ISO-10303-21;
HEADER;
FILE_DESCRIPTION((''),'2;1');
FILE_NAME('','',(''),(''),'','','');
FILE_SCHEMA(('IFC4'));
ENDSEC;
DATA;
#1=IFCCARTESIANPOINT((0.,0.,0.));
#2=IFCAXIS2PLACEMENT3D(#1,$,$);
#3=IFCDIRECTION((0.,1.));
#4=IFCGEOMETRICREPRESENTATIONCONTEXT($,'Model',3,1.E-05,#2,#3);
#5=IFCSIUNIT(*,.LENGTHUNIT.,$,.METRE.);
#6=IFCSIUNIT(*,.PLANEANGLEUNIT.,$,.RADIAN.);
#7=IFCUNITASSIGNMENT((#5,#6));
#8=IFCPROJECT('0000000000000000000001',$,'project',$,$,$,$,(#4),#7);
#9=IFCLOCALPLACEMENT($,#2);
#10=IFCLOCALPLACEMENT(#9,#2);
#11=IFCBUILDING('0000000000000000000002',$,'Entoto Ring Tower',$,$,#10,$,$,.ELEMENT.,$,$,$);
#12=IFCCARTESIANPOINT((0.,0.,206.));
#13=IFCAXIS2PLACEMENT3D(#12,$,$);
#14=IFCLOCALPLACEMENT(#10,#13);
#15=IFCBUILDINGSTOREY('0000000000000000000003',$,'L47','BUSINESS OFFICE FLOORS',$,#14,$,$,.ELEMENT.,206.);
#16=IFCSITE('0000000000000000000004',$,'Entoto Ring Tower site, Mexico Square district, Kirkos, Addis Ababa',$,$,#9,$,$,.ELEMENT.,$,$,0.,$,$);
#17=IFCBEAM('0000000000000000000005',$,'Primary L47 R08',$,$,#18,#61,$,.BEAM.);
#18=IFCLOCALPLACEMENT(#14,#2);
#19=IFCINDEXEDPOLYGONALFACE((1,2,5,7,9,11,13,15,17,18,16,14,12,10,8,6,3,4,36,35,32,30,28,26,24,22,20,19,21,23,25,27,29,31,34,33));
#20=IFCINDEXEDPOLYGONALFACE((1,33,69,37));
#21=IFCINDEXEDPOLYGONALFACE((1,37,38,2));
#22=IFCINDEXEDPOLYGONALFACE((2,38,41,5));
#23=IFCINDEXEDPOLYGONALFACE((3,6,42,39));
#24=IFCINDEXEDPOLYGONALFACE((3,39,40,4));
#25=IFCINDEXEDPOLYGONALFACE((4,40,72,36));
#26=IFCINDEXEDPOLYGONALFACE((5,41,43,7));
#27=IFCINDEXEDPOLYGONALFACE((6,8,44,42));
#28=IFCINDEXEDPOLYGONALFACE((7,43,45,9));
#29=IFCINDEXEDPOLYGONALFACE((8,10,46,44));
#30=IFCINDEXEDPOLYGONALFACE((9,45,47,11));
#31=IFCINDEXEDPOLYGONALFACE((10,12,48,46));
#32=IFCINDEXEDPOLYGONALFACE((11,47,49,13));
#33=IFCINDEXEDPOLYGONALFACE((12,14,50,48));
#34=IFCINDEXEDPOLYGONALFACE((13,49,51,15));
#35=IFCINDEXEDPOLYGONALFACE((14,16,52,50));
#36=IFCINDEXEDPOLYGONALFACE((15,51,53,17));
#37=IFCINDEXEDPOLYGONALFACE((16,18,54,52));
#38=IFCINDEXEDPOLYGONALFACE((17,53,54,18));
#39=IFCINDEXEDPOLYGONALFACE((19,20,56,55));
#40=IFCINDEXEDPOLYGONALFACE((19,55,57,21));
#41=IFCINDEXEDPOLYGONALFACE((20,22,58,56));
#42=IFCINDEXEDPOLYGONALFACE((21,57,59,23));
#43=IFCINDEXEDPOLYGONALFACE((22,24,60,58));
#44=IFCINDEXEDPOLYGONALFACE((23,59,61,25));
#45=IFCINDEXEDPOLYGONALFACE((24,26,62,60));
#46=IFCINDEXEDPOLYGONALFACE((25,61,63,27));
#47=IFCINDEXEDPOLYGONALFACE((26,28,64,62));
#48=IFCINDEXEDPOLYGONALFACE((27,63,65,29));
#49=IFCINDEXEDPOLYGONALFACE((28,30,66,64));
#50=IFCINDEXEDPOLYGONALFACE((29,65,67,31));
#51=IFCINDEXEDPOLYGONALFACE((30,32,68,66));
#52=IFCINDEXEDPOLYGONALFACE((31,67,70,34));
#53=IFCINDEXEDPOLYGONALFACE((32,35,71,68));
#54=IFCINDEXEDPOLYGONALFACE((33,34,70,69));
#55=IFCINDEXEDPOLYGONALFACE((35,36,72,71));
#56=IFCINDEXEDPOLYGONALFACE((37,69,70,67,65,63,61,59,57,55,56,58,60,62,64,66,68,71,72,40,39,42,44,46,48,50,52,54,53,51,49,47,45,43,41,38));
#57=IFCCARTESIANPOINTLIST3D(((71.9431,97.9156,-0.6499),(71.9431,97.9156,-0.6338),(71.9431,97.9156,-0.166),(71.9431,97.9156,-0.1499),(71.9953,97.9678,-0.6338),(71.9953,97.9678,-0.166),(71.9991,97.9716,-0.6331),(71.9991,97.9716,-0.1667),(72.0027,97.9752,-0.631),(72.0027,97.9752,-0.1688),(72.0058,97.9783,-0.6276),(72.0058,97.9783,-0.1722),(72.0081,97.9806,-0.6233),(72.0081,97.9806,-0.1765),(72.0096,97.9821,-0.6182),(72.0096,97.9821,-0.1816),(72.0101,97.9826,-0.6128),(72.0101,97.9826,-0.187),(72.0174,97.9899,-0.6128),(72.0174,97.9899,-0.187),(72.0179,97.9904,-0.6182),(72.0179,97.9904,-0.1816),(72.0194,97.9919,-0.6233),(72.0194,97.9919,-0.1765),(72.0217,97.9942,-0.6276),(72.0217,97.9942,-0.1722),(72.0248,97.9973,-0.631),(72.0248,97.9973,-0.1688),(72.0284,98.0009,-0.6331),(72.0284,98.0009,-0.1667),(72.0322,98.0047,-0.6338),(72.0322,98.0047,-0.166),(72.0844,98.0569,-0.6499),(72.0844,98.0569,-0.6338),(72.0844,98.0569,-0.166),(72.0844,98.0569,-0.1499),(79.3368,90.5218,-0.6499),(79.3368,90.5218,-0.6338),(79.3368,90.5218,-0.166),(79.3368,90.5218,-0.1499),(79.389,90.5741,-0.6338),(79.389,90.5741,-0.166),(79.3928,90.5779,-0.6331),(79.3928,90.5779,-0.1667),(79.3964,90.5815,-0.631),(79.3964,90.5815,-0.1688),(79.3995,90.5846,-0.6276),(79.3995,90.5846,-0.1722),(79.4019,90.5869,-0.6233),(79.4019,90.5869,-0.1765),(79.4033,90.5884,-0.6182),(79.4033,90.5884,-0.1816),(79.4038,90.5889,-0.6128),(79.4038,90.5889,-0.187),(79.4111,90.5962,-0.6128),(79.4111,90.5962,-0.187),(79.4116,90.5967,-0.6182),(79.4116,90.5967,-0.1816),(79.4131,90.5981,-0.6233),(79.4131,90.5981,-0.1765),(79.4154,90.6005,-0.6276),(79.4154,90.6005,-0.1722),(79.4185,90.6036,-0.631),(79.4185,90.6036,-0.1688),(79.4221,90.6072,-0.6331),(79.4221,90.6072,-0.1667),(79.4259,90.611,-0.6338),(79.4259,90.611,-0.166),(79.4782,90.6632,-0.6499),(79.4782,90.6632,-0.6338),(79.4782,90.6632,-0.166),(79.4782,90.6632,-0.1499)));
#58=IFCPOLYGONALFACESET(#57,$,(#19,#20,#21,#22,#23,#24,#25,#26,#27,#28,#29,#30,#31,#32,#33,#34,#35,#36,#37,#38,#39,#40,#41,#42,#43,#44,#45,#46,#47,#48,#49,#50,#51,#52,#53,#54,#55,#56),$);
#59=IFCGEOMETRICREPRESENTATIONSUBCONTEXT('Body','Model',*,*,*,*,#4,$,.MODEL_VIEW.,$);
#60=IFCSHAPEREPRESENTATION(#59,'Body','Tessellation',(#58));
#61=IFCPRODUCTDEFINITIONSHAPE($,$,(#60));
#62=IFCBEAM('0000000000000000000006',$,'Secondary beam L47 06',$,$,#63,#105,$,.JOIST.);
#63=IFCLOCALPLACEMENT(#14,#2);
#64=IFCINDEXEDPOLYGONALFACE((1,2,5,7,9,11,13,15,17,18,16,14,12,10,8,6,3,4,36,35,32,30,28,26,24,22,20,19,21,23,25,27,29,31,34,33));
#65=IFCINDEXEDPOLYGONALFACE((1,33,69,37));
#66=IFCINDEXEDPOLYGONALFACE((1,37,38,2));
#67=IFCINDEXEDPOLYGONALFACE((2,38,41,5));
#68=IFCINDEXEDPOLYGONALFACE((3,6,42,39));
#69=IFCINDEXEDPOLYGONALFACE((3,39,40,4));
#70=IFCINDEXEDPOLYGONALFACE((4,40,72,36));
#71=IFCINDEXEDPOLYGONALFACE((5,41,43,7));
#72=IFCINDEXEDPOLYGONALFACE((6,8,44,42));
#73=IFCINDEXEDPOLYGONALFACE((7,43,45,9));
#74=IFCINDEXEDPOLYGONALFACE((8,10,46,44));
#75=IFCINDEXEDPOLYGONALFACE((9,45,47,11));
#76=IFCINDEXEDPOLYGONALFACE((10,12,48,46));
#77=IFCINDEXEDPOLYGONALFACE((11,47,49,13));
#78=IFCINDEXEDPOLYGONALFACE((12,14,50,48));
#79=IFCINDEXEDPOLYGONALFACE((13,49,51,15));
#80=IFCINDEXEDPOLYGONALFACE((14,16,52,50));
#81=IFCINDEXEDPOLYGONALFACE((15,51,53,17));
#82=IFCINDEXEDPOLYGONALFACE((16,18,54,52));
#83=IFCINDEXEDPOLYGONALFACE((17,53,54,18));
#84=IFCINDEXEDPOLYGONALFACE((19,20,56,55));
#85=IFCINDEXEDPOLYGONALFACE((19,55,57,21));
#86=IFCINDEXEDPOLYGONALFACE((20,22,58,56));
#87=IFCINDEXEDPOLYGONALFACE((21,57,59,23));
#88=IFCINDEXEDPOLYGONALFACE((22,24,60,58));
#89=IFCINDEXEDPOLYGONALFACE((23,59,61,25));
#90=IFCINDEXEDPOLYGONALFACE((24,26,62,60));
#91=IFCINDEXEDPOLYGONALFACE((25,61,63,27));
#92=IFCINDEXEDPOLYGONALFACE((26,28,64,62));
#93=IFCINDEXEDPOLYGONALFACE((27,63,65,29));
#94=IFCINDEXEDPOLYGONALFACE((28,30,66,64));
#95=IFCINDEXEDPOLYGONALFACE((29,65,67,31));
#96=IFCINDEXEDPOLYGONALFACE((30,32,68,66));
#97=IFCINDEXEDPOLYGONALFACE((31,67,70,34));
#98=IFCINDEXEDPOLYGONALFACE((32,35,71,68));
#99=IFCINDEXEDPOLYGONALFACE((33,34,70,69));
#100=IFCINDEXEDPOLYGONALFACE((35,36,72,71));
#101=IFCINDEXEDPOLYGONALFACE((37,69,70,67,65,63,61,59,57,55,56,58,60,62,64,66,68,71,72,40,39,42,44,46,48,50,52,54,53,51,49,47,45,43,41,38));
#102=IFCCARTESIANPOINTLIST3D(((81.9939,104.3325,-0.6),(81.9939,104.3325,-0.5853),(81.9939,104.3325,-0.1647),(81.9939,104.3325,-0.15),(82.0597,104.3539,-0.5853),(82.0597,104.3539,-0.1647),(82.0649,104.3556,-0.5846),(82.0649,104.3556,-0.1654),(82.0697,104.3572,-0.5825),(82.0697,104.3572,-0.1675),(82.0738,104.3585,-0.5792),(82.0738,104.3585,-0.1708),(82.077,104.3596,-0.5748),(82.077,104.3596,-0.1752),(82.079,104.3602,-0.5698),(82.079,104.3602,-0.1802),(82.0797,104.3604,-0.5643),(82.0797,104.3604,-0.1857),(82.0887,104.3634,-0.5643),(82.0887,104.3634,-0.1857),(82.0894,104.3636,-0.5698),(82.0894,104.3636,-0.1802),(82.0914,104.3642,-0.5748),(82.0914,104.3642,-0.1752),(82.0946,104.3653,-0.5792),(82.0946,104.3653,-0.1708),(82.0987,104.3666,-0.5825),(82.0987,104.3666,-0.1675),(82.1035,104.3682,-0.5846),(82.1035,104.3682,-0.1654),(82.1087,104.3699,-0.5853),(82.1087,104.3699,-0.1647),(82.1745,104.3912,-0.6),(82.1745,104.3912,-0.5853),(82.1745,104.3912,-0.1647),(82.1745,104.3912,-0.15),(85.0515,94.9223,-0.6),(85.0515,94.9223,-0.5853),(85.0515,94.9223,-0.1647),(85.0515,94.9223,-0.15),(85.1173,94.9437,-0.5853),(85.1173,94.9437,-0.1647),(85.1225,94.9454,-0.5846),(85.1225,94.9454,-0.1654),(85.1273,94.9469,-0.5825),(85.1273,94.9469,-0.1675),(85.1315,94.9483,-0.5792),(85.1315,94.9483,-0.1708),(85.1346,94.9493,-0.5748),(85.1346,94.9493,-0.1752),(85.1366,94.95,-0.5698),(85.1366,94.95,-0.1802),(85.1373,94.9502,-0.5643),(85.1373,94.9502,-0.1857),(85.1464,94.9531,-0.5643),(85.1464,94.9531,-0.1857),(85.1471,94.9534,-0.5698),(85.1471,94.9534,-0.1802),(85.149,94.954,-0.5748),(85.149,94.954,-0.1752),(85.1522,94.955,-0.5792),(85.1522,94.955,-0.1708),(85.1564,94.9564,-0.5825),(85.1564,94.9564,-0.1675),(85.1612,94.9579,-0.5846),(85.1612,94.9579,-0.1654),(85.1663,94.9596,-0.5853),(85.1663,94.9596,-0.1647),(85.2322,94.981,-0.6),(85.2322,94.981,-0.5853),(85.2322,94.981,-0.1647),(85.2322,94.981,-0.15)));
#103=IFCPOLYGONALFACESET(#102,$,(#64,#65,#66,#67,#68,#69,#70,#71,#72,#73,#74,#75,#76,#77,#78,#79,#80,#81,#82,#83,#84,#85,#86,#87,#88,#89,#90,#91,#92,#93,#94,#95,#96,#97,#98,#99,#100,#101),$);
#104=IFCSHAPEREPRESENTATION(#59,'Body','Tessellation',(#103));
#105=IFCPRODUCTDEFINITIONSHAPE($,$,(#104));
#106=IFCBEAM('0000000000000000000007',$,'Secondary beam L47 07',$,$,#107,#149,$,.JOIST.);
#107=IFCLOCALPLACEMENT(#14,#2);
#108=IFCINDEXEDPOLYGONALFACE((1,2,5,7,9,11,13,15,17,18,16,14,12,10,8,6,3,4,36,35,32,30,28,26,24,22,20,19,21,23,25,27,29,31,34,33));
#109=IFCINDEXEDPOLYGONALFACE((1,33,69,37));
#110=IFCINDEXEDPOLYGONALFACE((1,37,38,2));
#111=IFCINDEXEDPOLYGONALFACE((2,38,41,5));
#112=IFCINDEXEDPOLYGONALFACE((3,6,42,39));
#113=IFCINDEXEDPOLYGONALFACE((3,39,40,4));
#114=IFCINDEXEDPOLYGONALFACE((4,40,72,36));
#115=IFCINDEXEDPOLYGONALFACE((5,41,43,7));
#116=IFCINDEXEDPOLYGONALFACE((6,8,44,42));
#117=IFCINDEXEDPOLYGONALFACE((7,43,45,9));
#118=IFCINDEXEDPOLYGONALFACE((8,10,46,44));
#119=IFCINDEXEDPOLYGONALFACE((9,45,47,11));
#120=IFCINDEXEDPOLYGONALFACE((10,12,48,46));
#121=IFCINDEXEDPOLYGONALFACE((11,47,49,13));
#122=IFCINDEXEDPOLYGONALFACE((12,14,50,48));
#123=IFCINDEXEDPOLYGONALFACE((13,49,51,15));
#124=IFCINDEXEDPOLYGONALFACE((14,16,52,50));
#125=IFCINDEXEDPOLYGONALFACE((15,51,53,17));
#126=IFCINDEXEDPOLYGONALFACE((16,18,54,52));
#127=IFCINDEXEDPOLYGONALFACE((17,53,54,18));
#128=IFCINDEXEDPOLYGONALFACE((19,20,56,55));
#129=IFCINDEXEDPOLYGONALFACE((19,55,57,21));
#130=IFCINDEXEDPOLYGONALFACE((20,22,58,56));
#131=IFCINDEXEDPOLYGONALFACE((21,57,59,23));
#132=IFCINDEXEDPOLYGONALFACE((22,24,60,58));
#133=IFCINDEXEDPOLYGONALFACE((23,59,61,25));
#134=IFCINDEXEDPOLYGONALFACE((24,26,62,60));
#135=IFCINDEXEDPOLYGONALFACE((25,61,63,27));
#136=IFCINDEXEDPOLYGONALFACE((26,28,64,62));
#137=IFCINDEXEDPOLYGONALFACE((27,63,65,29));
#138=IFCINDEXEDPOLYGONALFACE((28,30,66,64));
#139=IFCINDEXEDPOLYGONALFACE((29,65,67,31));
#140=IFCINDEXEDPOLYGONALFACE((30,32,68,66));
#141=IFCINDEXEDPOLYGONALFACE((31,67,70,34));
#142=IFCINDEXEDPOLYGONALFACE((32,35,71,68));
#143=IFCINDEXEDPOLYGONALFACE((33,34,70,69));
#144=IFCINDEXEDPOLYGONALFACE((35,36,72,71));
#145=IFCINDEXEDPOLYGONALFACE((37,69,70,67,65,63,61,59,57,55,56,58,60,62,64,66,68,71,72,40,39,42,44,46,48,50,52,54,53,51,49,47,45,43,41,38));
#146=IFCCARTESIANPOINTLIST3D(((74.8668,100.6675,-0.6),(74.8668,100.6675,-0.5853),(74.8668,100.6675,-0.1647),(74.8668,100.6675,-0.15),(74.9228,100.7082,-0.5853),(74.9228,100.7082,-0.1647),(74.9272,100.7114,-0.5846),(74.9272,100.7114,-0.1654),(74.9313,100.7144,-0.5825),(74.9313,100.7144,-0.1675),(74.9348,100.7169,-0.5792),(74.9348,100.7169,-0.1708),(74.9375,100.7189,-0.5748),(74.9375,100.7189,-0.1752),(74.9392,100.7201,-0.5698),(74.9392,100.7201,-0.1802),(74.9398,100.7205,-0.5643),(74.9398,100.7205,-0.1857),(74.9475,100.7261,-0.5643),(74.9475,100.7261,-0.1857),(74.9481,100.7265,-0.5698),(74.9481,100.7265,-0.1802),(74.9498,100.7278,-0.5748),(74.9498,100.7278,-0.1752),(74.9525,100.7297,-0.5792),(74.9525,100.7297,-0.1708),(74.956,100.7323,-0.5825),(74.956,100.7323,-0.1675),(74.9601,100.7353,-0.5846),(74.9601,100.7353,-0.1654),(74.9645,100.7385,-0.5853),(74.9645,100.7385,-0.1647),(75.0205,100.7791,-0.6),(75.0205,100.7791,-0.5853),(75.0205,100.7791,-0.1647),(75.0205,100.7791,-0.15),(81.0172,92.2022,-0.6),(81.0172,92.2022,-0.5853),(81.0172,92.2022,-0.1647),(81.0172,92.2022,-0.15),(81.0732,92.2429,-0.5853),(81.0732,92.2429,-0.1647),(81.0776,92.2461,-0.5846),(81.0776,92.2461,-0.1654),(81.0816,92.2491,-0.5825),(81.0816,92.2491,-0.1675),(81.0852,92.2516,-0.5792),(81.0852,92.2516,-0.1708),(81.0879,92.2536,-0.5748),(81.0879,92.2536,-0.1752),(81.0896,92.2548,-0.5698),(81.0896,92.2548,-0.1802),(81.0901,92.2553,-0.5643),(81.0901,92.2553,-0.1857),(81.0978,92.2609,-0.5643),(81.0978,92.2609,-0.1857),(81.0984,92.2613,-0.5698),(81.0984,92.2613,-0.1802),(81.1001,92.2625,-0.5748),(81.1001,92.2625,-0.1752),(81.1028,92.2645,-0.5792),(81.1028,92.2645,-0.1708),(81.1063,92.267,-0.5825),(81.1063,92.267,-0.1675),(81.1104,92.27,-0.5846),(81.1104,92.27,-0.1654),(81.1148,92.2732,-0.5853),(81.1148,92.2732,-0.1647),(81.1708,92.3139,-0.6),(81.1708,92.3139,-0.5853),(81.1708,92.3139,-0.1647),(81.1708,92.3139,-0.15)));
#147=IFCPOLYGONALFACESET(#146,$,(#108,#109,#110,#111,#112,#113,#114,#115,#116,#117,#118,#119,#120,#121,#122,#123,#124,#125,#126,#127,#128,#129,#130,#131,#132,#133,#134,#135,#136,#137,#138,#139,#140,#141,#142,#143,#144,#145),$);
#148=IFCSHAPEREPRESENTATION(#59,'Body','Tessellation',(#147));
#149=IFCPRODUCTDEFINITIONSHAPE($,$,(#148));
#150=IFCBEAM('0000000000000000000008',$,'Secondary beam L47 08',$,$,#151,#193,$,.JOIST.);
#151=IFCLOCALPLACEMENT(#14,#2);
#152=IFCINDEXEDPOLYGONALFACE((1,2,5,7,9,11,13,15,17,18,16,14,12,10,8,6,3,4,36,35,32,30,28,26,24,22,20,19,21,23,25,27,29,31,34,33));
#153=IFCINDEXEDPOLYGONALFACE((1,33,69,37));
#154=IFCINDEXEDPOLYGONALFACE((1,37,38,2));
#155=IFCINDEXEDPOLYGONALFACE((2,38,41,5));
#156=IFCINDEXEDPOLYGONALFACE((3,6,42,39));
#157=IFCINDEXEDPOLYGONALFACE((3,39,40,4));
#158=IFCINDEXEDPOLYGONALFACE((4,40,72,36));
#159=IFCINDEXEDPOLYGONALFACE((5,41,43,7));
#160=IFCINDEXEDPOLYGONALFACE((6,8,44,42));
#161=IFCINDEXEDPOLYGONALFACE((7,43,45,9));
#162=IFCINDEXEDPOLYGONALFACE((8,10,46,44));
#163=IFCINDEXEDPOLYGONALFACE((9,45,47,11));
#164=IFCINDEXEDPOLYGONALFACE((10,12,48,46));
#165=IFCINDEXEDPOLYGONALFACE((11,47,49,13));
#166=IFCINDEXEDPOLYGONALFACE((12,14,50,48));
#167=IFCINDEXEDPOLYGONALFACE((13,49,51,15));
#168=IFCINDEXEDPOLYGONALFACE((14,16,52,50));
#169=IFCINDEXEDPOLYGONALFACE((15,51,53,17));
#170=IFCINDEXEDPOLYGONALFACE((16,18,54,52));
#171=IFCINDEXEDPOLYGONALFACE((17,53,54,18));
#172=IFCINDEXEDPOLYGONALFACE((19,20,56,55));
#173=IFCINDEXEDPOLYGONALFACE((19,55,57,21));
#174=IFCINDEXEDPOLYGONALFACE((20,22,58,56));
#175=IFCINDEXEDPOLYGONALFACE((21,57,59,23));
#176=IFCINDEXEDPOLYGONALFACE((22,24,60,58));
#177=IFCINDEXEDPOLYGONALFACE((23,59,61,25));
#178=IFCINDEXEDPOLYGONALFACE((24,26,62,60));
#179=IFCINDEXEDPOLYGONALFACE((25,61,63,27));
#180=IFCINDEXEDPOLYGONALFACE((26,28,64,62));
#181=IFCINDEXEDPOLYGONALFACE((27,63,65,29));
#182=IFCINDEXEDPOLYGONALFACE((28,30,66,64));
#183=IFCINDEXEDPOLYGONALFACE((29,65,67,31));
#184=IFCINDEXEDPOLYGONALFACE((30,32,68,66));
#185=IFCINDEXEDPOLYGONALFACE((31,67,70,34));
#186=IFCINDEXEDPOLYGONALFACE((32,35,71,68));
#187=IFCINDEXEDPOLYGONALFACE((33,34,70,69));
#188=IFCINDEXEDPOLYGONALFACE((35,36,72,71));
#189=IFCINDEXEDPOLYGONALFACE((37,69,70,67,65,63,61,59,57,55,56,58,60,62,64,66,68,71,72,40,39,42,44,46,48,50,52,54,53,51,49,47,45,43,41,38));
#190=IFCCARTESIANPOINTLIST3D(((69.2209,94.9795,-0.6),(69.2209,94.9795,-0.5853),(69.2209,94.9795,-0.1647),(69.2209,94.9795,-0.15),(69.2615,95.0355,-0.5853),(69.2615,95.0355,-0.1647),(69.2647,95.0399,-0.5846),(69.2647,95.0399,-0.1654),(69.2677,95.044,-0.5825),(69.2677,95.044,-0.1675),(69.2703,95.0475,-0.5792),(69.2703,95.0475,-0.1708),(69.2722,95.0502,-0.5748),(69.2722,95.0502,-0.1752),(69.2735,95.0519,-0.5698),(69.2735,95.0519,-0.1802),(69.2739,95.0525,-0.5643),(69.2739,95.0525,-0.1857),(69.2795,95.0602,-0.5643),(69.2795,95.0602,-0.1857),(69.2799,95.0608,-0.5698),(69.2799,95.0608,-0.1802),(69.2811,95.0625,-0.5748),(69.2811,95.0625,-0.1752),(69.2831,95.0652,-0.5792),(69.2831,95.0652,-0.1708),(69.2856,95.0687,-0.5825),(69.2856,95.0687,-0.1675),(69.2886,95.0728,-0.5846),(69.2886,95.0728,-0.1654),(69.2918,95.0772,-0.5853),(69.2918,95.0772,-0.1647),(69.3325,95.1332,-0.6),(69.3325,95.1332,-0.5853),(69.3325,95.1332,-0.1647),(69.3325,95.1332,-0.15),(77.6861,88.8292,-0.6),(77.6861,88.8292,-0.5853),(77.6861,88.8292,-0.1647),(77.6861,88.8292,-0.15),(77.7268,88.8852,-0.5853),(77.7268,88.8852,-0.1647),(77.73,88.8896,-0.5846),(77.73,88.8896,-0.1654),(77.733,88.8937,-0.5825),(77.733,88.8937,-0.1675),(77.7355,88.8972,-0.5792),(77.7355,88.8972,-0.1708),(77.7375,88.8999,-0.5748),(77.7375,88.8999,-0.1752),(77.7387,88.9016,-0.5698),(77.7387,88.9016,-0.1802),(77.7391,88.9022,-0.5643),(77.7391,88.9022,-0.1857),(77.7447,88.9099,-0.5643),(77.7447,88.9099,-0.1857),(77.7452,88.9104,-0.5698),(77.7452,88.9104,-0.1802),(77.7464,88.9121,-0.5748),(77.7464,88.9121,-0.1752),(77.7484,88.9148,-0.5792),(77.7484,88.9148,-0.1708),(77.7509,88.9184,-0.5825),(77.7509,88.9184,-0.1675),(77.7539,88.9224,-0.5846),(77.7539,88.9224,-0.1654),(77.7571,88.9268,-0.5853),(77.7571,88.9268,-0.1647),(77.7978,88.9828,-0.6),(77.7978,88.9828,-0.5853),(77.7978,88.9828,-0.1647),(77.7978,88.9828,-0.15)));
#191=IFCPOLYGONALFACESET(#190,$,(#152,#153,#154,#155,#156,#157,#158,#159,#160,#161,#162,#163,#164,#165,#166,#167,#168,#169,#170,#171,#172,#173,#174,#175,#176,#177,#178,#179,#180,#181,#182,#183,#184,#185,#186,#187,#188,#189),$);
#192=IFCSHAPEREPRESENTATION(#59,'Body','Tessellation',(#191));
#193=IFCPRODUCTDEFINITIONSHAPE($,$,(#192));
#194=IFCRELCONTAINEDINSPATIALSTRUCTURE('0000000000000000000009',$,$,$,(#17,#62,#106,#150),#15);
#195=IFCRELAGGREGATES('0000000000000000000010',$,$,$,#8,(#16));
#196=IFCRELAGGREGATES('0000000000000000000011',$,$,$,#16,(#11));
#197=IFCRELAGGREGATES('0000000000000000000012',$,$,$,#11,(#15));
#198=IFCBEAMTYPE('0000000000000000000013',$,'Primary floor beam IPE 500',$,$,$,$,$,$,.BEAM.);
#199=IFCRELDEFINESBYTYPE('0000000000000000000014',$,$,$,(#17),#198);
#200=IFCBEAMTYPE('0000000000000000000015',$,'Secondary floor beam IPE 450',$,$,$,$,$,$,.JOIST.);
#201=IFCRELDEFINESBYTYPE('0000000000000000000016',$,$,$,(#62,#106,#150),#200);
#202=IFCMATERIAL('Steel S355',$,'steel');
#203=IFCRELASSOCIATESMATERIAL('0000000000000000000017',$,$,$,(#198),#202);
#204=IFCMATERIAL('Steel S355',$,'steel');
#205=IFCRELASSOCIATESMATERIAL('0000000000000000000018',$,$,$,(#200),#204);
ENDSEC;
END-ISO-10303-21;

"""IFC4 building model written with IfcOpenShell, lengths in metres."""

from ifc_helpers import new_model, si_unit, direction, frame, origin, origin_2d, place, context, subcontext, project, spatial, i_section, extrude, material, material_profile, profile_set, type_object, element, save


model = new_model("IFC4")

# Units and contexts
model_context = context("Model", 3, precision=1e-05, world=origin(), true_north=direction((0.0, 1.0)))
body_context = subcontext(model_context, "Body", "Model", "MODEL_VIEW")
ifc_project = project(units=[si_unit("LENGTHUNIT", "METRE"), si_unit("PLANEANGLEUNIT", "RADIAN")], contexts=[model_context])

# Site, building, storey
site_placement = place(None, origin())
site = spatial("IfcSite", under=ifc_project, at=site_placement, Name="Entoto Ring Tower site, Mexico Square district, Kirkos, Addis Ababa", CompositionType="ELEMENT", RefElevation=0.0)
building_placement = place(site_placement, origin())
building = spatial("IfcBuilding", under=site, at=building_placement, Name="Entoto Ring Tower", CompositionType="ELEMENT")
storey_placement = place(building_placement, frame((0.0, 0.0, 206.0)))
storey = spatial("IfcBuildingStorey", under=building, at=storey_placement, Name="L47", Description="BUSINESS OFFICE FLOORS", CompositionType="ELEMENT", Elevation=206.0)

# Beams
ifc_material_1 = material(Name="Steel S355", Category="steel")
ifc_material_profile_1 = material_profile(ifc_material_1, i_section(OverallWidth=0.2, OverallDepth=0.5, WebThickness=0.0103, FlangeThickness=0.0161, FilletRadius=0.021, at=origin_2d()), Name="IPE 500")
ifc_profile_set_1 = profile_set([ifc_material_profile_1], Name="Steel S355")
beam_type_1 = type_object("IfcBeamType", Name="Primary floor beam IPE 500", PredefinedType="BEAM", material=ifc_profile_set_1)
beam_1_placement = place(storey_placement, frame((79.4075, 90.5925, -0.3999), z_axis=(-0.707107, 0.707107, 0.0), x_axis=(-0.707107, -0.707107, 0.0)))
element("IfcBeam", 1, at=beam_1_placement, inside=storey, type_object=beam_type_1, Name="Primary L47 R08", PredefinedType="BEAM", context=body_context, shape_type="SweptSolid", body=[
    extrude(i_section(OverallWidth=0.2, OverallDepth=0.5, WebThickness=0.0103, FlangeThickness=0.0161, FilletRadius=0.021, at=origin_2d()), origin(), (0.0, 0.0, 1.0), 10.4563),
])
ifc_material_2 = material(Name="Steel S355", Category="steel")
ifc_material_profile_2 = material_profile(ifc_material_2, i_section(OverallWidth=0.1899, OverallDepth=0.45, WebThickness=0.0095, FlangeThickness=0.0146, FilletRadius=0.021, at=origin_2d()), Name="IPE 450")
ifc_profile_set_2 = profile_set([ifc_material_profile_2], Name="Steel S355")
beam_type_2 = type_object("IfcBeamType", Name="Secondary floor beam IPE 450", PredefinedType="JOIST", material=ifc_profile_set_2)
beam_2_placement = place(storey_placement, frame((85.1418, 94.9517, -0.375), z_axis=(-0.309024, 0.951054, 0.0), x_axis=(-0.951054, -0.309024, 0.0)))
element("IfcBeam", 2, at=beam_2_placement, inside=storey, type_object=beam_type_2, Name="Secondary beam L47 06", PredefinedType="JOIST", context=body_context, shape_type="SweptSolid", body=[
    extrude(i_section(OverallWidth=0.1899, OverallDepth=0.45, WebThickness=0.0095, FlangeThickness=0.0146, FilletRadius=0.021, at=origin_2d()), origin(), (0.0, 0.0, 1.0), 9.8945),
])
for number, where, z_axis, x_axis, name in (
    (3, (81.094, 92.2581, -0.375), (-0.587783, 0.809018, 0.0), (-0.809018, -0.587783, 0.0), "Secondary beam L47 07"),
    (4, (77.7419, 88.906, -0.375), (-0.809018, 0.587783, 0.0), (-0.587783, -0.809018, 0.0), "Secondary beam L47 08"),
):
    element("IfcBeam", number, at=place(storey_placement, frame(where, z_axis=z_axis, x_axis=x_axis)), inside=storey, type_object=beam_type_2, Name=name, PredefinedType="JOIST", context=body_context, shape_type="SweptSolid", body=[
        extrude(i_section(OverallWidth=0.1899, OverallDepth=0.45, WebThickness=0.0095, FlangeThickness=0.0146, FilletRadius=0.021, at=origin_2d()), origin(), (0.0, 0.0, 1.0), 10.4636),
    ])

save(model, "model.ifc")
